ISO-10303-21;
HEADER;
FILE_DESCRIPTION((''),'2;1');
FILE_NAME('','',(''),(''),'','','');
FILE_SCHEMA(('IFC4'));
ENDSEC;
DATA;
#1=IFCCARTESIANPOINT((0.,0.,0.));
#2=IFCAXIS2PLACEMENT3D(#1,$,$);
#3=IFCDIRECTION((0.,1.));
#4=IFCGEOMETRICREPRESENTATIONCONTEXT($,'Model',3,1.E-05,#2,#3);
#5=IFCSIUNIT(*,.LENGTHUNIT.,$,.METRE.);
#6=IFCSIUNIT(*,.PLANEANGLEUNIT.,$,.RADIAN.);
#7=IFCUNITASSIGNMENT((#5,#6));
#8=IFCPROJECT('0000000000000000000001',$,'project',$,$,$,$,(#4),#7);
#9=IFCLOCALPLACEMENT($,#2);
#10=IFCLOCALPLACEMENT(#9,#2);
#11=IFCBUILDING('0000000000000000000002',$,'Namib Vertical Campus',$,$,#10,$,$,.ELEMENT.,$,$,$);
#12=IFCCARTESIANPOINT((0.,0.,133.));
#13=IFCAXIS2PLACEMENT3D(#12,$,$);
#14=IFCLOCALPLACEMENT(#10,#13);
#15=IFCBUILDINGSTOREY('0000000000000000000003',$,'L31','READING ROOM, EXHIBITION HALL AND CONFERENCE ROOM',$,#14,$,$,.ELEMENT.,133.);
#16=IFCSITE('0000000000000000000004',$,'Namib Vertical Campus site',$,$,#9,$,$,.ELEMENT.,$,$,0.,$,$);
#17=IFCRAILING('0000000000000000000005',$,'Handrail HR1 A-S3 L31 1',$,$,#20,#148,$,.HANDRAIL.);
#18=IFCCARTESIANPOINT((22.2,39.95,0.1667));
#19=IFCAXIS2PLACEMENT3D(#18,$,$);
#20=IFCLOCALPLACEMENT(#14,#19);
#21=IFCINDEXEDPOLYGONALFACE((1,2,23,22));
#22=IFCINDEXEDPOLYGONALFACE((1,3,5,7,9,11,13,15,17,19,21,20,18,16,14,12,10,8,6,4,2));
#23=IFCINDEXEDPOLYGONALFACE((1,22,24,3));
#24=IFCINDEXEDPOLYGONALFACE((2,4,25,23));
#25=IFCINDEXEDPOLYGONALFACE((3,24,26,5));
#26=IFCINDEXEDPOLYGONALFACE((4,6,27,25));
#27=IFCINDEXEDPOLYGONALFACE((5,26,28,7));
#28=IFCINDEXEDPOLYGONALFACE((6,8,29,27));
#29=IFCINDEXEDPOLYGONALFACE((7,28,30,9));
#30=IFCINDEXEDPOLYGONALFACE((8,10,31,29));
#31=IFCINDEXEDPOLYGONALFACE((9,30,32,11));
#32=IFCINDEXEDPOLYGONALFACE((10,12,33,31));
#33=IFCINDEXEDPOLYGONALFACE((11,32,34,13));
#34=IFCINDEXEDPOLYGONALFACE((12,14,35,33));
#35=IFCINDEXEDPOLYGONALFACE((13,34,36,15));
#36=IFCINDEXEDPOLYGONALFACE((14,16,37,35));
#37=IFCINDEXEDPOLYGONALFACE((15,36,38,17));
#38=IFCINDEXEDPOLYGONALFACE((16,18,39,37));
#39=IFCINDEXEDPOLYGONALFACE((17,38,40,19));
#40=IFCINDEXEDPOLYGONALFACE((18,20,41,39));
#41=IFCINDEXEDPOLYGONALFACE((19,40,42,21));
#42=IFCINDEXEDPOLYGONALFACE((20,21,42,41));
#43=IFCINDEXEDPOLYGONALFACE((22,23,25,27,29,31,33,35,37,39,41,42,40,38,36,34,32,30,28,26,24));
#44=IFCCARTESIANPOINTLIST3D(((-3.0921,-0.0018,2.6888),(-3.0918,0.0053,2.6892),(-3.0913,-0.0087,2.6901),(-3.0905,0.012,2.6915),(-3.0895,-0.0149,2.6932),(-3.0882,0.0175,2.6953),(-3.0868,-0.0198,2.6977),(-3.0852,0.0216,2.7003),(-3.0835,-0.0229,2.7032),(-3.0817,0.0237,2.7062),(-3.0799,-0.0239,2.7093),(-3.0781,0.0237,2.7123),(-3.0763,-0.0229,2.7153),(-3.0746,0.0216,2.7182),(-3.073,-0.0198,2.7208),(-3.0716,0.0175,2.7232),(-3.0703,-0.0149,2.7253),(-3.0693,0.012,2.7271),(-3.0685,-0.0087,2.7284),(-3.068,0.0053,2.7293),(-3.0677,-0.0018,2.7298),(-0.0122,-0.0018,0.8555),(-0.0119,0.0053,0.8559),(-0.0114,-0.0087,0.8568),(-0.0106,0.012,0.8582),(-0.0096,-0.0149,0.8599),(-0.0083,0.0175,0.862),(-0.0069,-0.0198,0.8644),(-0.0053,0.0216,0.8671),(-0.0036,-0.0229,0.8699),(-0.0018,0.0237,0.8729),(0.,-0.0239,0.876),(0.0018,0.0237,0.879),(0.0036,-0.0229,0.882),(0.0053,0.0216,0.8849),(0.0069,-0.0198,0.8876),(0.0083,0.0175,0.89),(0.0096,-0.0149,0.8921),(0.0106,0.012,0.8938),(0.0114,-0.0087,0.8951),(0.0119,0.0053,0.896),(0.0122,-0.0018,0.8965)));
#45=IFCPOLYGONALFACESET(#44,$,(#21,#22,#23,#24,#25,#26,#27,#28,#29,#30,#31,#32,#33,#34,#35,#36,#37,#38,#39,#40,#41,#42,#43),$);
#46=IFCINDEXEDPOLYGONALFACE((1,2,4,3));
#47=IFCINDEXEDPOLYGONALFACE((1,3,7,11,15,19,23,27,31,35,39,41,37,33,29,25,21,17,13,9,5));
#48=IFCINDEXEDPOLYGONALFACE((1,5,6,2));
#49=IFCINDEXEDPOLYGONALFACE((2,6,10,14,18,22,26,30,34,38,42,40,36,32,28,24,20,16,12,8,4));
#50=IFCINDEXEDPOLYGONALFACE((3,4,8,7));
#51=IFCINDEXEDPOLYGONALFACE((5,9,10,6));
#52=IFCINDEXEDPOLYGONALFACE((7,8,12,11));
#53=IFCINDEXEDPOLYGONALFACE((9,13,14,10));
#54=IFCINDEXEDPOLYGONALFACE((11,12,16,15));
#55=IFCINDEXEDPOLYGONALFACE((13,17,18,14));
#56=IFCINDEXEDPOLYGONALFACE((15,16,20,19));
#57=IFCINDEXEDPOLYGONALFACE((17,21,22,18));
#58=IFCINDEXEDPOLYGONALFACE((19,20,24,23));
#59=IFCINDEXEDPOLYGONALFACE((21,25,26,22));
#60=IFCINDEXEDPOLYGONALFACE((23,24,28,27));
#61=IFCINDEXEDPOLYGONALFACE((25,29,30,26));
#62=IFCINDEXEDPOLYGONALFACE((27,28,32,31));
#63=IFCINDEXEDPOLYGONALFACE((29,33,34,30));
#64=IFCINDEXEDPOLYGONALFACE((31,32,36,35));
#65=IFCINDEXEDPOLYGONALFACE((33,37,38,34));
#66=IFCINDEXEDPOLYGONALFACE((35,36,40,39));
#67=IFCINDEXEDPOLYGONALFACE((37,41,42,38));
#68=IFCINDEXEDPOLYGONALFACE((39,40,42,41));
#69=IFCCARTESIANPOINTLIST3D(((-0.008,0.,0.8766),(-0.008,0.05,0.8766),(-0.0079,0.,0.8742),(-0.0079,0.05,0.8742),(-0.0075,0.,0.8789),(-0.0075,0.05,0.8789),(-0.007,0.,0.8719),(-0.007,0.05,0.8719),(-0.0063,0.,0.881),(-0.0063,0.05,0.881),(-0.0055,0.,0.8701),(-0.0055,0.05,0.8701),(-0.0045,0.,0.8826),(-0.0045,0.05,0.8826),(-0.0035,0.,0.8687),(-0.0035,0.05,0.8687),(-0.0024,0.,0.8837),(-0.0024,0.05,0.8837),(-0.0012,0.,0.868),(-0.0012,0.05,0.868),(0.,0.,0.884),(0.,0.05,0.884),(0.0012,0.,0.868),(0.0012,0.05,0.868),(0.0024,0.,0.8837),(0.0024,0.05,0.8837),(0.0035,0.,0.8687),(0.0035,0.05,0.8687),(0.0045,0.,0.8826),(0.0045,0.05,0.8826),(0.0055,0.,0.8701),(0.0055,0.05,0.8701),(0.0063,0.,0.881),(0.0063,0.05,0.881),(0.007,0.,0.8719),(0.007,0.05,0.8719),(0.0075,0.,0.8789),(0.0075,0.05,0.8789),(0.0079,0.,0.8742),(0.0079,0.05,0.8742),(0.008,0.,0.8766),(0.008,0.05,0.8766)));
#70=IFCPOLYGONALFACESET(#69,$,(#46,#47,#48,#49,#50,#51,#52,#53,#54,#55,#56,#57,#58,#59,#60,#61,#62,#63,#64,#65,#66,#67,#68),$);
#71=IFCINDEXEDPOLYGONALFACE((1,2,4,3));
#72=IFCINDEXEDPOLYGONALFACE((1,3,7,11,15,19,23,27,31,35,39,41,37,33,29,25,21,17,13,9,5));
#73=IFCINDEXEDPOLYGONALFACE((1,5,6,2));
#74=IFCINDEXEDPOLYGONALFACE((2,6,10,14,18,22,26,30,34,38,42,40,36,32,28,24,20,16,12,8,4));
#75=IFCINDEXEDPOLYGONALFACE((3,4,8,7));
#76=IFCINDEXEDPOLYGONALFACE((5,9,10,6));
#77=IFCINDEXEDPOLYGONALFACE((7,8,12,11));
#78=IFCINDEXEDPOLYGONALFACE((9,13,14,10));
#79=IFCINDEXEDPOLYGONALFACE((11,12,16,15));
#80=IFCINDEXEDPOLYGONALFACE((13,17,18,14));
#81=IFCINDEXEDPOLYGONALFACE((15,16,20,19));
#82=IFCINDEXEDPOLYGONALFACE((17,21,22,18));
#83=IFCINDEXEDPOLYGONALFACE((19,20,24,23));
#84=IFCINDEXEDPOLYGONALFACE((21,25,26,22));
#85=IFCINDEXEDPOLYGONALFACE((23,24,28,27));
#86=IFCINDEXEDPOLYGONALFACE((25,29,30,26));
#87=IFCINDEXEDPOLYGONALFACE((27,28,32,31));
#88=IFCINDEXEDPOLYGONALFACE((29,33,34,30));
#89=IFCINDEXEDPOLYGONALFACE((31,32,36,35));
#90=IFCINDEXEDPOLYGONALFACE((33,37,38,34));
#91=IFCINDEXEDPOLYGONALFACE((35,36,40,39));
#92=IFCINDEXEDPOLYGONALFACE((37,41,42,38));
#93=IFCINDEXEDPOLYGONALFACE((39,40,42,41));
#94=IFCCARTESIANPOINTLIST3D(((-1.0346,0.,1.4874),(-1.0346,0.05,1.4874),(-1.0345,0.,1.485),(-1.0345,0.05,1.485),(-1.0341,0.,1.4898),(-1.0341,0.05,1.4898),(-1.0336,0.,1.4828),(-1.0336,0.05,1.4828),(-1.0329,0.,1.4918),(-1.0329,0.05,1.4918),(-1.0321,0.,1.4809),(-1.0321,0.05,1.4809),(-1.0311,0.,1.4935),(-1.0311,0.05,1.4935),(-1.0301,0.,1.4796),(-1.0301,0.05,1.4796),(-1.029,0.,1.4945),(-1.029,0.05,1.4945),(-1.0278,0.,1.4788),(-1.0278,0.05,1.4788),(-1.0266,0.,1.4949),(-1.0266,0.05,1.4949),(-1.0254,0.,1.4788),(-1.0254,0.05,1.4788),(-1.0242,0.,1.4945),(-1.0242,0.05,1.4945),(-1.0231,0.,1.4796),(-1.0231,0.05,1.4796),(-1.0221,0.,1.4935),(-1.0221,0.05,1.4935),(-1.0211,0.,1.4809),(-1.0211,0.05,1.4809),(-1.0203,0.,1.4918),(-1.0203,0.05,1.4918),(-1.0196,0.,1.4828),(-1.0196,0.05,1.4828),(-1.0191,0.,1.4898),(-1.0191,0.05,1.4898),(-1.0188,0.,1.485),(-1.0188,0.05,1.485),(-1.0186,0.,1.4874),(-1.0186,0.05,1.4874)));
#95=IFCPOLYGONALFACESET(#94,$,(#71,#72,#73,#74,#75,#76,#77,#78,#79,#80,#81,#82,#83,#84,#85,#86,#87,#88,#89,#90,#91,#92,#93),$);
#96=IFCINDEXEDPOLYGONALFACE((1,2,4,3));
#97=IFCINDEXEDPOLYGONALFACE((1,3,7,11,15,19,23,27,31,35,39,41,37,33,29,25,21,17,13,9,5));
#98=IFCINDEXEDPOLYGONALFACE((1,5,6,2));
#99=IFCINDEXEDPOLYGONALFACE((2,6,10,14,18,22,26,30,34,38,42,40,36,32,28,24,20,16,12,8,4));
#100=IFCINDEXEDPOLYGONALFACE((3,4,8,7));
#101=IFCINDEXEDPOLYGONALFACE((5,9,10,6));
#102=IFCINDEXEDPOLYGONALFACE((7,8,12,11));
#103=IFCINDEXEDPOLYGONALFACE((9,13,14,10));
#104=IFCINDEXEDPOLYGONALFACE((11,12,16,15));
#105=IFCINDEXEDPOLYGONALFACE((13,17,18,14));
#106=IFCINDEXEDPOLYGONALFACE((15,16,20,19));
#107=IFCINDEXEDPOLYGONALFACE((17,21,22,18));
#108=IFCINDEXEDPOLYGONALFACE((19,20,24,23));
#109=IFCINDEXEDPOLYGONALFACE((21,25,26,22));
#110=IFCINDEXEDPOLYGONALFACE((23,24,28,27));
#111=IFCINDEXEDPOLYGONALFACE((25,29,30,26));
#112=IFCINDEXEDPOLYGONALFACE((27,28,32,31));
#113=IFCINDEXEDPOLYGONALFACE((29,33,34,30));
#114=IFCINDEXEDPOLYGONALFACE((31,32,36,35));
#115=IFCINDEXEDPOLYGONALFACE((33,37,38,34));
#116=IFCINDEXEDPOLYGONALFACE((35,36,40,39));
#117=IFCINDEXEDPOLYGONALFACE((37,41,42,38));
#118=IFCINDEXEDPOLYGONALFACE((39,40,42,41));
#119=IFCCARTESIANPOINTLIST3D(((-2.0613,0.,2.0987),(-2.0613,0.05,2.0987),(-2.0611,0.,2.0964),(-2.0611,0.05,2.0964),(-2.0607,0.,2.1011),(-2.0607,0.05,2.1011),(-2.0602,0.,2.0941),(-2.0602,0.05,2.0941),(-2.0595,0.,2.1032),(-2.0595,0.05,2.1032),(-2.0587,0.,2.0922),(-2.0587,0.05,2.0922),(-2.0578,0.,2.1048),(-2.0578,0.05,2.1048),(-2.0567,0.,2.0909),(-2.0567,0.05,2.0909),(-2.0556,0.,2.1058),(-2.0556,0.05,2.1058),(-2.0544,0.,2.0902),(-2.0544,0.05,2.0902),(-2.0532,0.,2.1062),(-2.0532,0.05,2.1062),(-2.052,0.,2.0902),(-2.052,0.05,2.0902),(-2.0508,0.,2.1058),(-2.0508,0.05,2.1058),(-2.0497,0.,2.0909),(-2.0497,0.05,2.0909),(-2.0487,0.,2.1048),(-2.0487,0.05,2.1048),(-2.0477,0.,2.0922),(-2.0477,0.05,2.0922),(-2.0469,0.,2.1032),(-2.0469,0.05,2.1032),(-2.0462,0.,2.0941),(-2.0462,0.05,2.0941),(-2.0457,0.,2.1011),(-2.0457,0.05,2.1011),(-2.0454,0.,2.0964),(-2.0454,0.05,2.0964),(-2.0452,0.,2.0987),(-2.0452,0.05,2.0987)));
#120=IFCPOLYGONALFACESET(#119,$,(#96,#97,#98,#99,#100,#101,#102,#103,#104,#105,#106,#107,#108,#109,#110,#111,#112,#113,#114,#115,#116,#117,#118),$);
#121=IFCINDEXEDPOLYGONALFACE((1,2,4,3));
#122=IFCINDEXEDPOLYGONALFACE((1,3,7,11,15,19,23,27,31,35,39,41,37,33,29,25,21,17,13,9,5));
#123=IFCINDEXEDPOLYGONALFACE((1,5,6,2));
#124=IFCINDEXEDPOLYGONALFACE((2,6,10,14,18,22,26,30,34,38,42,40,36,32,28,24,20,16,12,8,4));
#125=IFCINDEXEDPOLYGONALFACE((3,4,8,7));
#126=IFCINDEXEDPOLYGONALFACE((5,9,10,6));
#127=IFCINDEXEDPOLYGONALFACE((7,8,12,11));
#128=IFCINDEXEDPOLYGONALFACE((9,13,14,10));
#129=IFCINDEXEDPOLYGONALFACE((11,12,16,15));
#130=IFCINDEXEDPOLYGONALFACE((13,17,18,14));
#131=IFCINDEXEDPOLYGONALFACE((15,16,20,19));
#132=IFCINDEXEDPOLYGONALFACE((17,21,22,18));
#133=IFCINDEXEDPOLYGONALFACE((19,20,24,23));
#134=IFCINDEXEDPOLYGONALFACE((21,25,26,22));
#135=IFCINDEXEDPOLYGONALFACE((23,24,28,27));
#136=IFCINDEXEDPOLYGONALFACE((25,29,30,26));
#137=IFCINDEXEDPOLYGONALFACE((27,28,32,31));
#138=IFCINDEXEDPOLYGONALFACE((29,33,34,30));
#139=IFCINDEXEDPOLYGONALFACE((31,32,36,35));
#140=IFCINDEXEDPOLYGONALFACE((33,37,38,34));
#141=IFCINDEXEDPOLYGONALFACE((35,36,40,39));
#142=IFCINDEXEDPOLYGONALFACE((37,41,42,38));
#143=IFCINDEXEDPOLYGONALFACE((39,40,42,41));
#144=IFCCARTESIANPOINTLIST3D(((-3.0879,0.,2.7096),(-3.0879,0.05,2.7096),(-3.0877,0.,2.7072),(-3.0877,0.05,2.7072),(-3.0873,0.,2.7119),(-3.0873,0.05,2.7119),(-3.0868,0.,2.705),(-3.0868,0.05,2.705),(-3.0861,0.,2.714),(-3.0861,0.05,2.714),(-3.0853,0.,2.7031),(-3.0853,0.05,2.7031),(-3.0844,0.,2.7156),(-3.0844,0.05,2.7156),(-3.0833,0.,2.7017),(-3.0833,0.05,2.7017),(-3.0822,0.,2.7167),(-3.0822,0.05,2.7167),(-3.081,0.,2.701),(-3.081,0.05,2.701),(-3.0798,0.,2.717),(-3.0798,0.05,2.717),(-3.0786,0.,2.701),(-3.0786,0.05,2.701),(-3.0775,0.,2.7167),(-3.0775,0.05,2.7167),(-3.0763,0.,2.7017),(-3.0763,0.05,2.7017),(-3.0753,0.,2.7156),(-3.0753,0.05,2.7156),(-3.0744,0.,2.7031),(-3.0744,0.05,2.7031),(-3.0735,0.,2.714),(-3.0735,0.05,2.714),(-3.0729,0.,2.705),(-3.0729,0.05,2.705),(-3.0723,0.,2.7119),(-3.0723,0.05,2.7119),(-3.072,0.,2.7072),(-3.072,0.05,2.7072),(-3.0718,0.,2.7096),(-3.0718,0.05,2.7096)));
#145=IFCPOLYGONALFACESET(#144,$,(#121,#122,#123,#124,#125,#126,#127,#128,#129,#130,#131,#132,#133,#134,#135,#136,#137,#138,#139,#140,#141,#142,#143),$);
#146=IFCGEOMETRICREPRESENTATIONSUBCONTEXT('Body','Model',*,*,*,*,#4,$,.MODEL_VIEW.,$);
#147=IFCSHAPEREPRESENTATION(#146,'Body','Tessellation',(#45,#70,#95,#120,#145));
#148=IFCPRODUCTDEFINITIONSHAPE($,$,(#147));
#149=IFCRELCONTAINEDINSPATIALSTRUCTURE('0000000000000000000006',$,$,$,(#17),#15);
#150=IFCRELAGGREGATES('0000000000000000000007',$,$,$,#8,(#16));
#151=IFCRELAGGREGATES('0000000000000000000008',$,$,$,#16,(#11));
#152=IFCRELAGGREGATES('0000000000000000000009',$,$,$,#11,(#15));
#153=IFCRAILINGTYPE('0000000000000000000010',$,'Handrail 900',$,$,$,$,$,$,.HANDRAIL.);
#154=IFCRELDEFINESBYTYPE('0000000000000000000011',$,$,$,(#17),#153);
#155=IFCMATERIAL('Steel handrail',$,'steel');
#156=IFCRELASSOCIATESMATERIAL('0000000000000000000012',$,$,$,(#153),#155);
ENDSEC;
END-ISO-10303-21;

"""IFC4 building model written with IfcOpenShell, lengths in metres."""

from ifc_helpers import new_model, si_unit, direction, frame, origin, origin_2d, place, context, subcontext, project, spatial, circle, extrude, material, type_object, element, save


model = new_model("IFC4")

# Units and contexts
model_context = context("Model", 3, precision=1e-05, world=origin(), true_north=direction((0.0, 1.0)))
body_context = subcontext(model_context, "Body", "Model", "MODEL_VIEW")
ifc_project = project(units=[si_unit("LENGTHUNIT", "METRE"), si_unit("PLANEANGLEUNIT", "RADIAN")], contexts=[model_context])

# Site, building, storey
site_placement = place(None, origin())
site = spatial("IfcSite", under=ifc_project, at=site_placement, Name="Namib Vertical Campus site", CompositionType="ELEMENT", RefElevation=0.0)
building_placement = place(site_placement, origin())
building = spatial("IfcBuilding", under=site, at=building_placement, Name="Namib Vertical Campus", CompositionType="ELEMENT")
storey_placement = place(building_placement, frame((0.0, 0.0, 133.0)))
storey = spatial("IfcBuildingStorey", under=building, at=storey_placement, Name="L31", Description="READING ROOM, EXHIBITION HALL AND CONFERENCE ROOM", CompositionType="ELEMENT", Elevation=133.0)

# Railing
ifc_material_1 = material(Name="Steel handrail", Category="steel")
railing_type_1 = type_object("IfcRailingType", Name="Handrail 900", PredefinedType="HANDRAIL", material=ifc_material_1)
railing_1_placement = place(storey_placement, frame((22.2, 39.95, 0.1667)))
element("IfcRailing", 1, at=railing_1_placement, inside=storey, type_object=railing_type_1, Name="Handrail HR1 A-S3 L31 1", PredefinedType="HANDRAIL", context=body_context, shape_type="SweptSolid", body=[
    extrude(circle(Radius=0.0239, at=origin_2d()), frame((0.0, 0.0, 0.876), z_axis=(-0.859291, 0.0, 0.511487), x_axis=(0.0, -1.0, 0.0)), (0.0, 0.0, 1.0), 3.5842),
    extrude(circle(Radius=0.0081, at=origin_2d()), frame((0.0, 0.0, 0.876), z_axis=(0.0, 1.0, 0.0), x_axis=(0.0, 0.0, 1.0)), (0.0, 0.0, 1.0), 0.05),
    extrude(circle(Radius=0.0081, at=origin_2d()), frame((-1.0266, 0.0, 1.4868), z_axis=(0.0, 1.0, 0.0), x_axis=(0.0, 0.0, 1.0)), (0.0, 0.0, 1.0), 0.05),
    extrude(circle(Radius=0.0081, at=origin_2d()), frame((-2.0532, 0.0, 2.0981), z_axis=(0.0, 1.0, 0.0), x_axis=(0.0, 0.0, 1.0)), (0.0, 0.0, 1.0), 0.05),
    extrude(circle(Radius=0.0081, at=origin_2d()), frame((-3.0798, 0.0, 2.709), z_axis=(0.0, 1.0, 0.0), x_axis=(0.0, 0.0, 1.0)), (0.0, 0.0, 1.0), 0.05),
])

save(model, "model.ifc")
